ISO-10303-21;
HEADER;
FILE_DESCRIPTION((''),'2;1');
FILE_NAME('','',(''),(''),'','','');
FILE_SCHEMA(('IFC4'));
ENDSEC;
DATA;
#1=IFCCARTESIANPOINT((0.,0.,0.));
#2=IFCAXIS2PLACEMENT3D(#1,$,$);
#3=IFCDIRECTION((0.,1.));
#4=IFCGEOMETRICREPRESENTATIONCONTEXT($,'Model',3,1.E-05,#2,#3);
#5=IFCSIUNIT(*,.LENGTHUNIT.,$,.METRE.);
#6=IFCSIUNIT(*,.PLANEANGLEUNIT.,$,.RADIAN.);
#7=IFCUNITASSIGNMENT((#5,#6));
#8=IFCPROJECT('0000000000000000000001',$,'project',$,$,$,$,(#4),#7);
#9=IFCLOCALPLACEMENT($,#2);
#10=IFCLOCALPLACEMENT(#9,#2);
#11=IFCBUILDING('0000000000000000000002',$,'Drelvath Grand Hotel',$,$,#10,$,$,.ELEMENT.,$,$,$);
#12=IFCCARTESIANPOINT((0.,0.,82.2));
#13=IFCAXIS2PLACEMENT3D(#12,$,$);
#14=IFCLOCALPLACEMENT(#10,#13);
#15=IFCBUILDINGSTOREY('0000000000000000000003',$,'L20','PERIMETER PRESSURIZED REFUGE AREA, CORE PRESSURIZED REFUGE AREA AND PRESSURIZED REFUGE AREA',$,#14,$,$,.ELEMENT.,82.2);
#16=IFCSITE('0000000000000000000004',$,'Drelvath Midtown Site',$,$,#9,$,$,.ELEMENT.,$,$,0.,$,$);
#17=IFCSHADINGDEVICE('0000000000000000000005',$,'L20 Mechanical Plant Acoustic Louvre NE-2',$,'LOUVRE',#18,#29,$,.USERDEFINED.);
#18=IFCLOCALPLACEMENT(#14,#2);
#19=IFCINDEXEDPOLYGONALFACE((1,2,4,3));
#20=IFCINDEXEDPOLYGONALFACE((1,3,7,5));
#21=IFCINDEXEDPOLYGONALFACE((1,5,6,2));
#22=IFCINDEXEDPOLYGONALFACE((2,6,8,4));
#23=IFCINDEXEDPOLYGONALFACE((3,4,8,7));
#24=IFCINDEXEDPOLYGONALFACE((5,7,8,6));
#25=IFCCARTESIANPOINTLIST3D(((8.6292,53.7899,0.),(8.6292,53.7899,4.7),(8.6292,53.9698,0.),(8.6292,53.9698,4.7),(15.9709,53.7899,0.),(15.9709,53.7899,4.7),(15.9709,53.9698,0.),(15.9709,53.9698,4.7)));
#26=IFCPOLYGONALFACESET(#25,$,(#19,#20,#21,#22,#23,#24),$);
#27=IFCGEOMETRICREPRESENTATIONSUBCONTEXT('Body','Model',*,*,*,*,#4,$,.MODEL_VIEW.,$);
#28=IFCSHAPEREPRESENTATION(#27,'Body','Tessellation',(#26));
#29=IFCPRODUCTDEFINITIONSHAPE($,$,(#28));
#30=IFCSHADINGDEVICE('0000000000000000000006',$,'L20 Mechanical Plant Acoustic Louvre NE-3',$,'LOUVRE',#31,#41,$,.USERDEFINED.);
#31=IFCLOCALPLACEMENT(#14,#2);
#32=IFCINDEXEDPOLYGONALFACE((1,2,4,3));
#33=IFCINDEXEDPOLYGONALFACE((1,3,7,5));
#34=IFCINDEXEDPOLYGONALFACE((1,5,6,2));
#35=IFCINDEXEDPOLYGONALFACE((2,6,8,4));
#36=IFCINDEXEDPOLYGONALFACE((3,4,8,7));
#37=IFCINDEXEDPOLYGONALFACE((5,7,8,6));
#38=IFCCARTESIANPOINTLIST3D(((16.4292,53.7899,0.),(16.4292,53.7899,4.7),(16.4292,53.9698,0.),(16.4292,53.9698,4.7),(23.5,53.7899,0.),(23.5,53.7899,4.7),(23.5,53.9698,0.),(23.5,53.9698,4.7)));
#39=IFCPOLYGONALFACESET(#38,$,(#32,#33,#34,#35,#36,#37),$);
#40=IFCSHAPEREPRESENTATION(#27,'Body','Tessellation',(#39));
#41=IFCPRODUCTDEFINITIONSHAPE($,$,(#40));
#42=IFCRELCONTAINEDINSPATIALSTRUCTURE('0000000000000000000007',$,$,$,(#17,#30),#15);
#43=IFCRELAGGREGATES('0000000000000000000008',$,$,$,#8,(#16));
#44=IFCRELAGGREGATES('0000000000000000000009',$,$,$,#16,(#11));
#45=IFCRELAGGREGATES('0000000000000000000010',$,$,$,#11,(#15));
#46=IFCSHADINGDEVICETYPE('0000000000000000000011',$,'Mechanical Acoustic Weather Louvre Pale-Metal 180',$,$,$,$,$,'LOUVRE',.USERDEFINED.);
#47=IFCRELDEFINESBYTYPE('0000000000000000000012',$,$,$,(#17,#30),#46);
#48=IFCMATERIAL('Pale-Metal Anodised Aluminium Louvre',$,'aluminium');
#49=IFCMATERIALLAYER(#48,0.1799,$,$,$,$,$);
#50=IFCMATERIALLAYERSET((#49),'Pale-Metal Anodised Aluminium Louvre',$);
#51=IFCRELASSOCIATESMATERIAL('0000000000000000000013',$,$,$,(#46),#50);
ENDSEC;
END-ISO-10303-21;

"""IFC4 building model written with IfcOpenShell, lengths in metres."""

from ifc_helpers import new_model, si_unit, direction, frame, origin, origin_2d, place, context, subcontext, project, spatial, rectangle, extrude, material, layer, layer_set, type_object, element, save


model = new_model("IFC4")

# Units and contexts
model_context = context("Model", 3, precision=1e-05, world=origin(), true_north=direction((0.0, 1.0)))
body_context = subcontext(model_context, "Body", "Model", "MODEL_VIEW")
ifc_project = project(units=[si_unit("LENGTHUNIT", "METRE"), si_unit("PLANEANGLEUNIT", "RADIAN")], contexts=[model_context])

# Site, building, storey
site_placement = place(None, origin())
site = spatial("IfcSite", under=ifc_project, at=site_placement, Name="Drelvath Midtown Site", CompositionType="ELEMENT", RefElevation=0.0)
building_placement = place(site_placement, origin())
building = spatial("IfcBuilding", under=site, at=building_placement, Name="Drelvath Grand Hotel", CompositionType="ELEMENT")
storey_placement = place(building_placement, frame((0.0, 0.0, 82.2)))
storey = spatial("IfcBuildingStorey", under=building, at=storey_placement, Name="L20", Description="PERIMETER PRESSURIZED REFUGE AREA, CORE PRESSURIZED REFUGE AREA AND PRESSURIZED REFUGE AREA", CompositionType="ELEMENT", Elevation=82.2)

# Shading devices
ifc_material_1 = material(Name="Pale-Metal Anodised Aluminium Louvre", Category="aluminium")
ifc_layer_1 = layer(ifc_material_1, 0.1799)
ifc_layer_set_1 = layer_set([ifc_layer_1], Name="Pale-Metal Anodised Aluminium Louvre")
shading_device_type = type_object("IfcShadingDeviceType", Name="Mechanical Acoustic Weather Louvre Pale-Metal 180", ElementType="LOUVRE", PredefinedType="USERDEFINED", material=ifc_layer_set_1)
shading_device_1_placement = place(storey_placement, frame((12.3, 53.8799, 0.0), z_axis=(0.0, 0.0, 1.0), x_axis=(1.0, 0.0, 0.0)))
element("IfcShadingDevice", 1, at=shading_device_1_placement, inside=storey, type_object=shading_device_type, Name="L20 Mechanical Plant Acoustic Louvre NE-2", ObjectType="LOUVRE", PredefinedType="USERDEFINED", context=body_context, shape_type="SweptSolid", body=[
    extrude(rectangle(XDim=7.3418, YDim=0.1799, at=origin_2d()), origin(), (0.0, 0.0, 1.0), 4.7),
])
shading_device_2_placement = place(storey_placement, frame((19.9646, 53.8799, 0.0), z_axis=(0.0, 0.0, 1.0), x_axis=(1.0, 0.0, 0.0)))
element("IfcShadingDevice", 2, at=shading_device_2_placement, inside=storey, type_object=shading_device_type, Name="L20 Mechanical Plant Acoustic Louvre NE-3", ObjectType="LOUVRE", PredefinedType="USERDEFINED", context=body_context, shape_type="SweptSolid", body=[
    extrude(rectangle(XDim=7.0708, YDim=0.1799, at=origin_2d()), origin(), (0.0, 0.0, 1.0), 4.7),
])

save(model, "model.ifc")
